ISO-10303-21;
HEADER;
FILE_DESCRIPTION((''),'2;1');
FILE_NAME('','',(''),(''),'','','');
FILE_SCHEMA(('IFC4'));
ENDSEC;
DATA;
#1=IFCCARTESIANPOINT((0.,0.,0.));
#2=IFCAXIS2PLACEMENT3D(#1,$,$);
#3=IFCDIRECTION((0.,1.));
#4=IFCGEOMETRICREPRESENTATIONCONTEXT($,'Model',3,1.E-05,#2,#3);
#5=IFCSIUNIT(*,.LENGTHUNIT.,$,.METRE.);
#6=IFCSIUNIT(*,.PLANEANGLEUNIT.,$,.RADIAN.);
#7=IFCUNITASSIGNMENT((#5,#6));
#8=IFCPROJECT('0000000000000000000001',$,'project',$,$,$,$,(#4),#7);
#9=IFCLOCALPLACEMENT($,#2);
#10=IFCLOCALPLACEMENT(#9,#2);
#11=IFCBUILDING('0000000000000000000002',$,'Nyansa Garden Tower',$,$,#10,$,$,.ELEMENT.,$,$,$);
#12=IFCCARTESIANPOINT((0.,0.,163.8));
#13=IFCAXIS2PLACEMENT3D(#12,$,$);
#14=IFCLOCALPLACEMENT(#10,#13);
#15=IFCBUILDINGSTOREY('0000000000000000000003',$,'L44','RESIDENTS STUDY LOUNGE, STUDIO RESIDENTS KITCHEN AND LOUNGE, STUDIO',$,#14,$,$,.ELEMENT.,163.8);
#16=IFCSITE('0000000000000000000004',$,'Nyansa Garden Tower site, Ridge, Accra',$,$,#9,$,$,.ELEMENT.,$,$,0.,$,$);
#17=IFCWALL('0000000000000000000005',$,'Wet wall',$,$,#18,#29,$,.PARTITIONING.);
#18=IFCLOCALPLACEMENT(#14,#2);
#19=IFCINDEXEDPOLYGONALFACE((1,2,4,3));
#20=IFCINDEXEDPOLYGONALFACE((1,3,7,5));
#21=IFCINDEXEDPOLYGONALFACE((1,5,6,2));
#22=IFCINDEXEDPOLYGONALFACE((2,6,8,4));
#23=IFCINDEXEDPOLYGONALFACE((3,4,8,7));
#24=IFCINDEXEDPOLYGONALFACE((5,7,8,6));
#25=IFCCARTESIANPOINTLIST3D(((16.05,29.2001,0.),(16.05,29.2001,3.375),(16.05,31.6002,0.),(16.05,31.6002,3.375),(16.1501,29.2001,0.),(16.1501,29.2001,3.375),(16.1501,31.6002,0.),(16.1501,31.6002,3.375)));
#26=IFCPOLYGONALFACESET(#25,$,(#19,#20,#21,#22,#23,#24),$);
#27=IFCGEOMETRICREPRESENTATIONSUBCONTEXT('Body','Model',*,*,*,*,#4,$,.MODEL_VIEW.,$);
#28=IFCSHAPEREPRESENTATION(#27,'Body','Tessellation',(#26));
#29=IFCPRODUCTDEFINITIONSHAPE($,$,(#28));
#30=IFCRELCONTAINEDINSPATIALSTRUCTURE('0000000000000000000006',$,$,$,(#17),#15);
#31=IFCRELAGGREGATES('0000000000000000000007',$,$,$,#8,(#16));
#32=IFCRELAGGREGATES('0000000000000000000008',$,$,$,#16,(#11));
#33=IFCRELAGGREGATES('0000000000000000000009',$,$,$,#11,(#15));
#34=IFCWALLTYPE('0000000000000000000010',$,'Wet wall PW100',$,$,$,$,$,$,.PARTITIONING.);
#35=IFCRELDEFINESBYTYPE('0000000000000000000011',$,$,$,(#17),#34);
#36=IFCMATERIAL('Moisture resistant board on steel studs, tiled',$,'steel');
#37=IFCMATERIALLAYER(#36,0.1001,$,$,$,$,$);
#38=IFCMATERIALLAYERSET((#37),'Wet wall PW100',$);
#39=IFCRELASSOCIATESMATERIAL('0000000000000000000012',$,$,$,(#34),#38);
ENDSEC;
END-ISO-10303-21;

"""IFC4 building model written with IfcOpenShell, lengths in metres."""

from ifc_helpers import new_model, si_unit, direction, frame, frame_2d, origin, place, context, subcontext, project, spatial, rectangle, extrude, material, layer, layer_set, type_object, element, save


model = new_model("IFC4")

# Units and contexts
model_context = context("Model", 3, precision=1e-05, world=origin(), true_north=direction((0.0, 1.0)))
body_context = subcontext(model_context, "Body", "Model", "MODEL_VIEW")
ifc_project = project(units=[si_unit("LENGTHUNIT", "METRE"), si_unit("PLANEANGLEUNIT", "RADIAN")], contexts=[model_context])

# Site, building, storey
site_placement = place(None, origin())
site = spatial("IfcSite", under=ifc_project, at=site_placement, Name="Nyansa Garden Tower site, Ridge, Accra", CompositionType="ELEMENT", RefElevation=0.0)
building_placement = place(site_placement, origin())
building = spatial("IfcBuilding", under=site, at=building_placement, Name="Nyansa Garden Tower", CompositionType="ELEMENT")
storey_placement = place(building_placement, frame((0.0, 0.0, 163.8)))
storey = spatial("IfcBuildingStorey", under=building, at=storey_placement, Name="L44", Description="RESIDENTS STUDY LOUNGE, STUDIO RESIDENTS KITCHEN AND LOUNGE, STUDIO", CompositionType="ELEMENT", Elevation=163.8)

# Shared definitions
ifc_material_1 = material(Name="Moisture resistant board on steel studs, tiled", Category="steel")
ifc_layer_1 = layer(ifc_material_1, 0.1001)
ifc_layer_set_1 = layer_set([ifc_layer_1], Name="Wet wall PW100")
wall_type_1 = type_object("IfcWallType", Name="Wet wall PW100", PredefinedType="PARTITIONING", material=ifc_layer_set_1)

# Wall
wall_1_placement = place(storey_placement, frame((16.1001, 29.2, 0.0), z_axis=(0.0, 0.0, 1.0), x_axis=(0.0, 1.0, 0.0)))
element("IfcWall", 1, at=wall_1_placement, inside=storey, type_object=wall_type_1, Name="Wet wall", PredefinedType="PARTITIONING", context=body_context, shape_type="SweptSolid", body=[
    extrude(rectangle(XDim=2.4001, YDim=0.1001, at=frame_2d((1.2002, 0.0))), origin(), (0.0, 0.0, 1.0), 3.375),
])

save(model, "model.ifc")
